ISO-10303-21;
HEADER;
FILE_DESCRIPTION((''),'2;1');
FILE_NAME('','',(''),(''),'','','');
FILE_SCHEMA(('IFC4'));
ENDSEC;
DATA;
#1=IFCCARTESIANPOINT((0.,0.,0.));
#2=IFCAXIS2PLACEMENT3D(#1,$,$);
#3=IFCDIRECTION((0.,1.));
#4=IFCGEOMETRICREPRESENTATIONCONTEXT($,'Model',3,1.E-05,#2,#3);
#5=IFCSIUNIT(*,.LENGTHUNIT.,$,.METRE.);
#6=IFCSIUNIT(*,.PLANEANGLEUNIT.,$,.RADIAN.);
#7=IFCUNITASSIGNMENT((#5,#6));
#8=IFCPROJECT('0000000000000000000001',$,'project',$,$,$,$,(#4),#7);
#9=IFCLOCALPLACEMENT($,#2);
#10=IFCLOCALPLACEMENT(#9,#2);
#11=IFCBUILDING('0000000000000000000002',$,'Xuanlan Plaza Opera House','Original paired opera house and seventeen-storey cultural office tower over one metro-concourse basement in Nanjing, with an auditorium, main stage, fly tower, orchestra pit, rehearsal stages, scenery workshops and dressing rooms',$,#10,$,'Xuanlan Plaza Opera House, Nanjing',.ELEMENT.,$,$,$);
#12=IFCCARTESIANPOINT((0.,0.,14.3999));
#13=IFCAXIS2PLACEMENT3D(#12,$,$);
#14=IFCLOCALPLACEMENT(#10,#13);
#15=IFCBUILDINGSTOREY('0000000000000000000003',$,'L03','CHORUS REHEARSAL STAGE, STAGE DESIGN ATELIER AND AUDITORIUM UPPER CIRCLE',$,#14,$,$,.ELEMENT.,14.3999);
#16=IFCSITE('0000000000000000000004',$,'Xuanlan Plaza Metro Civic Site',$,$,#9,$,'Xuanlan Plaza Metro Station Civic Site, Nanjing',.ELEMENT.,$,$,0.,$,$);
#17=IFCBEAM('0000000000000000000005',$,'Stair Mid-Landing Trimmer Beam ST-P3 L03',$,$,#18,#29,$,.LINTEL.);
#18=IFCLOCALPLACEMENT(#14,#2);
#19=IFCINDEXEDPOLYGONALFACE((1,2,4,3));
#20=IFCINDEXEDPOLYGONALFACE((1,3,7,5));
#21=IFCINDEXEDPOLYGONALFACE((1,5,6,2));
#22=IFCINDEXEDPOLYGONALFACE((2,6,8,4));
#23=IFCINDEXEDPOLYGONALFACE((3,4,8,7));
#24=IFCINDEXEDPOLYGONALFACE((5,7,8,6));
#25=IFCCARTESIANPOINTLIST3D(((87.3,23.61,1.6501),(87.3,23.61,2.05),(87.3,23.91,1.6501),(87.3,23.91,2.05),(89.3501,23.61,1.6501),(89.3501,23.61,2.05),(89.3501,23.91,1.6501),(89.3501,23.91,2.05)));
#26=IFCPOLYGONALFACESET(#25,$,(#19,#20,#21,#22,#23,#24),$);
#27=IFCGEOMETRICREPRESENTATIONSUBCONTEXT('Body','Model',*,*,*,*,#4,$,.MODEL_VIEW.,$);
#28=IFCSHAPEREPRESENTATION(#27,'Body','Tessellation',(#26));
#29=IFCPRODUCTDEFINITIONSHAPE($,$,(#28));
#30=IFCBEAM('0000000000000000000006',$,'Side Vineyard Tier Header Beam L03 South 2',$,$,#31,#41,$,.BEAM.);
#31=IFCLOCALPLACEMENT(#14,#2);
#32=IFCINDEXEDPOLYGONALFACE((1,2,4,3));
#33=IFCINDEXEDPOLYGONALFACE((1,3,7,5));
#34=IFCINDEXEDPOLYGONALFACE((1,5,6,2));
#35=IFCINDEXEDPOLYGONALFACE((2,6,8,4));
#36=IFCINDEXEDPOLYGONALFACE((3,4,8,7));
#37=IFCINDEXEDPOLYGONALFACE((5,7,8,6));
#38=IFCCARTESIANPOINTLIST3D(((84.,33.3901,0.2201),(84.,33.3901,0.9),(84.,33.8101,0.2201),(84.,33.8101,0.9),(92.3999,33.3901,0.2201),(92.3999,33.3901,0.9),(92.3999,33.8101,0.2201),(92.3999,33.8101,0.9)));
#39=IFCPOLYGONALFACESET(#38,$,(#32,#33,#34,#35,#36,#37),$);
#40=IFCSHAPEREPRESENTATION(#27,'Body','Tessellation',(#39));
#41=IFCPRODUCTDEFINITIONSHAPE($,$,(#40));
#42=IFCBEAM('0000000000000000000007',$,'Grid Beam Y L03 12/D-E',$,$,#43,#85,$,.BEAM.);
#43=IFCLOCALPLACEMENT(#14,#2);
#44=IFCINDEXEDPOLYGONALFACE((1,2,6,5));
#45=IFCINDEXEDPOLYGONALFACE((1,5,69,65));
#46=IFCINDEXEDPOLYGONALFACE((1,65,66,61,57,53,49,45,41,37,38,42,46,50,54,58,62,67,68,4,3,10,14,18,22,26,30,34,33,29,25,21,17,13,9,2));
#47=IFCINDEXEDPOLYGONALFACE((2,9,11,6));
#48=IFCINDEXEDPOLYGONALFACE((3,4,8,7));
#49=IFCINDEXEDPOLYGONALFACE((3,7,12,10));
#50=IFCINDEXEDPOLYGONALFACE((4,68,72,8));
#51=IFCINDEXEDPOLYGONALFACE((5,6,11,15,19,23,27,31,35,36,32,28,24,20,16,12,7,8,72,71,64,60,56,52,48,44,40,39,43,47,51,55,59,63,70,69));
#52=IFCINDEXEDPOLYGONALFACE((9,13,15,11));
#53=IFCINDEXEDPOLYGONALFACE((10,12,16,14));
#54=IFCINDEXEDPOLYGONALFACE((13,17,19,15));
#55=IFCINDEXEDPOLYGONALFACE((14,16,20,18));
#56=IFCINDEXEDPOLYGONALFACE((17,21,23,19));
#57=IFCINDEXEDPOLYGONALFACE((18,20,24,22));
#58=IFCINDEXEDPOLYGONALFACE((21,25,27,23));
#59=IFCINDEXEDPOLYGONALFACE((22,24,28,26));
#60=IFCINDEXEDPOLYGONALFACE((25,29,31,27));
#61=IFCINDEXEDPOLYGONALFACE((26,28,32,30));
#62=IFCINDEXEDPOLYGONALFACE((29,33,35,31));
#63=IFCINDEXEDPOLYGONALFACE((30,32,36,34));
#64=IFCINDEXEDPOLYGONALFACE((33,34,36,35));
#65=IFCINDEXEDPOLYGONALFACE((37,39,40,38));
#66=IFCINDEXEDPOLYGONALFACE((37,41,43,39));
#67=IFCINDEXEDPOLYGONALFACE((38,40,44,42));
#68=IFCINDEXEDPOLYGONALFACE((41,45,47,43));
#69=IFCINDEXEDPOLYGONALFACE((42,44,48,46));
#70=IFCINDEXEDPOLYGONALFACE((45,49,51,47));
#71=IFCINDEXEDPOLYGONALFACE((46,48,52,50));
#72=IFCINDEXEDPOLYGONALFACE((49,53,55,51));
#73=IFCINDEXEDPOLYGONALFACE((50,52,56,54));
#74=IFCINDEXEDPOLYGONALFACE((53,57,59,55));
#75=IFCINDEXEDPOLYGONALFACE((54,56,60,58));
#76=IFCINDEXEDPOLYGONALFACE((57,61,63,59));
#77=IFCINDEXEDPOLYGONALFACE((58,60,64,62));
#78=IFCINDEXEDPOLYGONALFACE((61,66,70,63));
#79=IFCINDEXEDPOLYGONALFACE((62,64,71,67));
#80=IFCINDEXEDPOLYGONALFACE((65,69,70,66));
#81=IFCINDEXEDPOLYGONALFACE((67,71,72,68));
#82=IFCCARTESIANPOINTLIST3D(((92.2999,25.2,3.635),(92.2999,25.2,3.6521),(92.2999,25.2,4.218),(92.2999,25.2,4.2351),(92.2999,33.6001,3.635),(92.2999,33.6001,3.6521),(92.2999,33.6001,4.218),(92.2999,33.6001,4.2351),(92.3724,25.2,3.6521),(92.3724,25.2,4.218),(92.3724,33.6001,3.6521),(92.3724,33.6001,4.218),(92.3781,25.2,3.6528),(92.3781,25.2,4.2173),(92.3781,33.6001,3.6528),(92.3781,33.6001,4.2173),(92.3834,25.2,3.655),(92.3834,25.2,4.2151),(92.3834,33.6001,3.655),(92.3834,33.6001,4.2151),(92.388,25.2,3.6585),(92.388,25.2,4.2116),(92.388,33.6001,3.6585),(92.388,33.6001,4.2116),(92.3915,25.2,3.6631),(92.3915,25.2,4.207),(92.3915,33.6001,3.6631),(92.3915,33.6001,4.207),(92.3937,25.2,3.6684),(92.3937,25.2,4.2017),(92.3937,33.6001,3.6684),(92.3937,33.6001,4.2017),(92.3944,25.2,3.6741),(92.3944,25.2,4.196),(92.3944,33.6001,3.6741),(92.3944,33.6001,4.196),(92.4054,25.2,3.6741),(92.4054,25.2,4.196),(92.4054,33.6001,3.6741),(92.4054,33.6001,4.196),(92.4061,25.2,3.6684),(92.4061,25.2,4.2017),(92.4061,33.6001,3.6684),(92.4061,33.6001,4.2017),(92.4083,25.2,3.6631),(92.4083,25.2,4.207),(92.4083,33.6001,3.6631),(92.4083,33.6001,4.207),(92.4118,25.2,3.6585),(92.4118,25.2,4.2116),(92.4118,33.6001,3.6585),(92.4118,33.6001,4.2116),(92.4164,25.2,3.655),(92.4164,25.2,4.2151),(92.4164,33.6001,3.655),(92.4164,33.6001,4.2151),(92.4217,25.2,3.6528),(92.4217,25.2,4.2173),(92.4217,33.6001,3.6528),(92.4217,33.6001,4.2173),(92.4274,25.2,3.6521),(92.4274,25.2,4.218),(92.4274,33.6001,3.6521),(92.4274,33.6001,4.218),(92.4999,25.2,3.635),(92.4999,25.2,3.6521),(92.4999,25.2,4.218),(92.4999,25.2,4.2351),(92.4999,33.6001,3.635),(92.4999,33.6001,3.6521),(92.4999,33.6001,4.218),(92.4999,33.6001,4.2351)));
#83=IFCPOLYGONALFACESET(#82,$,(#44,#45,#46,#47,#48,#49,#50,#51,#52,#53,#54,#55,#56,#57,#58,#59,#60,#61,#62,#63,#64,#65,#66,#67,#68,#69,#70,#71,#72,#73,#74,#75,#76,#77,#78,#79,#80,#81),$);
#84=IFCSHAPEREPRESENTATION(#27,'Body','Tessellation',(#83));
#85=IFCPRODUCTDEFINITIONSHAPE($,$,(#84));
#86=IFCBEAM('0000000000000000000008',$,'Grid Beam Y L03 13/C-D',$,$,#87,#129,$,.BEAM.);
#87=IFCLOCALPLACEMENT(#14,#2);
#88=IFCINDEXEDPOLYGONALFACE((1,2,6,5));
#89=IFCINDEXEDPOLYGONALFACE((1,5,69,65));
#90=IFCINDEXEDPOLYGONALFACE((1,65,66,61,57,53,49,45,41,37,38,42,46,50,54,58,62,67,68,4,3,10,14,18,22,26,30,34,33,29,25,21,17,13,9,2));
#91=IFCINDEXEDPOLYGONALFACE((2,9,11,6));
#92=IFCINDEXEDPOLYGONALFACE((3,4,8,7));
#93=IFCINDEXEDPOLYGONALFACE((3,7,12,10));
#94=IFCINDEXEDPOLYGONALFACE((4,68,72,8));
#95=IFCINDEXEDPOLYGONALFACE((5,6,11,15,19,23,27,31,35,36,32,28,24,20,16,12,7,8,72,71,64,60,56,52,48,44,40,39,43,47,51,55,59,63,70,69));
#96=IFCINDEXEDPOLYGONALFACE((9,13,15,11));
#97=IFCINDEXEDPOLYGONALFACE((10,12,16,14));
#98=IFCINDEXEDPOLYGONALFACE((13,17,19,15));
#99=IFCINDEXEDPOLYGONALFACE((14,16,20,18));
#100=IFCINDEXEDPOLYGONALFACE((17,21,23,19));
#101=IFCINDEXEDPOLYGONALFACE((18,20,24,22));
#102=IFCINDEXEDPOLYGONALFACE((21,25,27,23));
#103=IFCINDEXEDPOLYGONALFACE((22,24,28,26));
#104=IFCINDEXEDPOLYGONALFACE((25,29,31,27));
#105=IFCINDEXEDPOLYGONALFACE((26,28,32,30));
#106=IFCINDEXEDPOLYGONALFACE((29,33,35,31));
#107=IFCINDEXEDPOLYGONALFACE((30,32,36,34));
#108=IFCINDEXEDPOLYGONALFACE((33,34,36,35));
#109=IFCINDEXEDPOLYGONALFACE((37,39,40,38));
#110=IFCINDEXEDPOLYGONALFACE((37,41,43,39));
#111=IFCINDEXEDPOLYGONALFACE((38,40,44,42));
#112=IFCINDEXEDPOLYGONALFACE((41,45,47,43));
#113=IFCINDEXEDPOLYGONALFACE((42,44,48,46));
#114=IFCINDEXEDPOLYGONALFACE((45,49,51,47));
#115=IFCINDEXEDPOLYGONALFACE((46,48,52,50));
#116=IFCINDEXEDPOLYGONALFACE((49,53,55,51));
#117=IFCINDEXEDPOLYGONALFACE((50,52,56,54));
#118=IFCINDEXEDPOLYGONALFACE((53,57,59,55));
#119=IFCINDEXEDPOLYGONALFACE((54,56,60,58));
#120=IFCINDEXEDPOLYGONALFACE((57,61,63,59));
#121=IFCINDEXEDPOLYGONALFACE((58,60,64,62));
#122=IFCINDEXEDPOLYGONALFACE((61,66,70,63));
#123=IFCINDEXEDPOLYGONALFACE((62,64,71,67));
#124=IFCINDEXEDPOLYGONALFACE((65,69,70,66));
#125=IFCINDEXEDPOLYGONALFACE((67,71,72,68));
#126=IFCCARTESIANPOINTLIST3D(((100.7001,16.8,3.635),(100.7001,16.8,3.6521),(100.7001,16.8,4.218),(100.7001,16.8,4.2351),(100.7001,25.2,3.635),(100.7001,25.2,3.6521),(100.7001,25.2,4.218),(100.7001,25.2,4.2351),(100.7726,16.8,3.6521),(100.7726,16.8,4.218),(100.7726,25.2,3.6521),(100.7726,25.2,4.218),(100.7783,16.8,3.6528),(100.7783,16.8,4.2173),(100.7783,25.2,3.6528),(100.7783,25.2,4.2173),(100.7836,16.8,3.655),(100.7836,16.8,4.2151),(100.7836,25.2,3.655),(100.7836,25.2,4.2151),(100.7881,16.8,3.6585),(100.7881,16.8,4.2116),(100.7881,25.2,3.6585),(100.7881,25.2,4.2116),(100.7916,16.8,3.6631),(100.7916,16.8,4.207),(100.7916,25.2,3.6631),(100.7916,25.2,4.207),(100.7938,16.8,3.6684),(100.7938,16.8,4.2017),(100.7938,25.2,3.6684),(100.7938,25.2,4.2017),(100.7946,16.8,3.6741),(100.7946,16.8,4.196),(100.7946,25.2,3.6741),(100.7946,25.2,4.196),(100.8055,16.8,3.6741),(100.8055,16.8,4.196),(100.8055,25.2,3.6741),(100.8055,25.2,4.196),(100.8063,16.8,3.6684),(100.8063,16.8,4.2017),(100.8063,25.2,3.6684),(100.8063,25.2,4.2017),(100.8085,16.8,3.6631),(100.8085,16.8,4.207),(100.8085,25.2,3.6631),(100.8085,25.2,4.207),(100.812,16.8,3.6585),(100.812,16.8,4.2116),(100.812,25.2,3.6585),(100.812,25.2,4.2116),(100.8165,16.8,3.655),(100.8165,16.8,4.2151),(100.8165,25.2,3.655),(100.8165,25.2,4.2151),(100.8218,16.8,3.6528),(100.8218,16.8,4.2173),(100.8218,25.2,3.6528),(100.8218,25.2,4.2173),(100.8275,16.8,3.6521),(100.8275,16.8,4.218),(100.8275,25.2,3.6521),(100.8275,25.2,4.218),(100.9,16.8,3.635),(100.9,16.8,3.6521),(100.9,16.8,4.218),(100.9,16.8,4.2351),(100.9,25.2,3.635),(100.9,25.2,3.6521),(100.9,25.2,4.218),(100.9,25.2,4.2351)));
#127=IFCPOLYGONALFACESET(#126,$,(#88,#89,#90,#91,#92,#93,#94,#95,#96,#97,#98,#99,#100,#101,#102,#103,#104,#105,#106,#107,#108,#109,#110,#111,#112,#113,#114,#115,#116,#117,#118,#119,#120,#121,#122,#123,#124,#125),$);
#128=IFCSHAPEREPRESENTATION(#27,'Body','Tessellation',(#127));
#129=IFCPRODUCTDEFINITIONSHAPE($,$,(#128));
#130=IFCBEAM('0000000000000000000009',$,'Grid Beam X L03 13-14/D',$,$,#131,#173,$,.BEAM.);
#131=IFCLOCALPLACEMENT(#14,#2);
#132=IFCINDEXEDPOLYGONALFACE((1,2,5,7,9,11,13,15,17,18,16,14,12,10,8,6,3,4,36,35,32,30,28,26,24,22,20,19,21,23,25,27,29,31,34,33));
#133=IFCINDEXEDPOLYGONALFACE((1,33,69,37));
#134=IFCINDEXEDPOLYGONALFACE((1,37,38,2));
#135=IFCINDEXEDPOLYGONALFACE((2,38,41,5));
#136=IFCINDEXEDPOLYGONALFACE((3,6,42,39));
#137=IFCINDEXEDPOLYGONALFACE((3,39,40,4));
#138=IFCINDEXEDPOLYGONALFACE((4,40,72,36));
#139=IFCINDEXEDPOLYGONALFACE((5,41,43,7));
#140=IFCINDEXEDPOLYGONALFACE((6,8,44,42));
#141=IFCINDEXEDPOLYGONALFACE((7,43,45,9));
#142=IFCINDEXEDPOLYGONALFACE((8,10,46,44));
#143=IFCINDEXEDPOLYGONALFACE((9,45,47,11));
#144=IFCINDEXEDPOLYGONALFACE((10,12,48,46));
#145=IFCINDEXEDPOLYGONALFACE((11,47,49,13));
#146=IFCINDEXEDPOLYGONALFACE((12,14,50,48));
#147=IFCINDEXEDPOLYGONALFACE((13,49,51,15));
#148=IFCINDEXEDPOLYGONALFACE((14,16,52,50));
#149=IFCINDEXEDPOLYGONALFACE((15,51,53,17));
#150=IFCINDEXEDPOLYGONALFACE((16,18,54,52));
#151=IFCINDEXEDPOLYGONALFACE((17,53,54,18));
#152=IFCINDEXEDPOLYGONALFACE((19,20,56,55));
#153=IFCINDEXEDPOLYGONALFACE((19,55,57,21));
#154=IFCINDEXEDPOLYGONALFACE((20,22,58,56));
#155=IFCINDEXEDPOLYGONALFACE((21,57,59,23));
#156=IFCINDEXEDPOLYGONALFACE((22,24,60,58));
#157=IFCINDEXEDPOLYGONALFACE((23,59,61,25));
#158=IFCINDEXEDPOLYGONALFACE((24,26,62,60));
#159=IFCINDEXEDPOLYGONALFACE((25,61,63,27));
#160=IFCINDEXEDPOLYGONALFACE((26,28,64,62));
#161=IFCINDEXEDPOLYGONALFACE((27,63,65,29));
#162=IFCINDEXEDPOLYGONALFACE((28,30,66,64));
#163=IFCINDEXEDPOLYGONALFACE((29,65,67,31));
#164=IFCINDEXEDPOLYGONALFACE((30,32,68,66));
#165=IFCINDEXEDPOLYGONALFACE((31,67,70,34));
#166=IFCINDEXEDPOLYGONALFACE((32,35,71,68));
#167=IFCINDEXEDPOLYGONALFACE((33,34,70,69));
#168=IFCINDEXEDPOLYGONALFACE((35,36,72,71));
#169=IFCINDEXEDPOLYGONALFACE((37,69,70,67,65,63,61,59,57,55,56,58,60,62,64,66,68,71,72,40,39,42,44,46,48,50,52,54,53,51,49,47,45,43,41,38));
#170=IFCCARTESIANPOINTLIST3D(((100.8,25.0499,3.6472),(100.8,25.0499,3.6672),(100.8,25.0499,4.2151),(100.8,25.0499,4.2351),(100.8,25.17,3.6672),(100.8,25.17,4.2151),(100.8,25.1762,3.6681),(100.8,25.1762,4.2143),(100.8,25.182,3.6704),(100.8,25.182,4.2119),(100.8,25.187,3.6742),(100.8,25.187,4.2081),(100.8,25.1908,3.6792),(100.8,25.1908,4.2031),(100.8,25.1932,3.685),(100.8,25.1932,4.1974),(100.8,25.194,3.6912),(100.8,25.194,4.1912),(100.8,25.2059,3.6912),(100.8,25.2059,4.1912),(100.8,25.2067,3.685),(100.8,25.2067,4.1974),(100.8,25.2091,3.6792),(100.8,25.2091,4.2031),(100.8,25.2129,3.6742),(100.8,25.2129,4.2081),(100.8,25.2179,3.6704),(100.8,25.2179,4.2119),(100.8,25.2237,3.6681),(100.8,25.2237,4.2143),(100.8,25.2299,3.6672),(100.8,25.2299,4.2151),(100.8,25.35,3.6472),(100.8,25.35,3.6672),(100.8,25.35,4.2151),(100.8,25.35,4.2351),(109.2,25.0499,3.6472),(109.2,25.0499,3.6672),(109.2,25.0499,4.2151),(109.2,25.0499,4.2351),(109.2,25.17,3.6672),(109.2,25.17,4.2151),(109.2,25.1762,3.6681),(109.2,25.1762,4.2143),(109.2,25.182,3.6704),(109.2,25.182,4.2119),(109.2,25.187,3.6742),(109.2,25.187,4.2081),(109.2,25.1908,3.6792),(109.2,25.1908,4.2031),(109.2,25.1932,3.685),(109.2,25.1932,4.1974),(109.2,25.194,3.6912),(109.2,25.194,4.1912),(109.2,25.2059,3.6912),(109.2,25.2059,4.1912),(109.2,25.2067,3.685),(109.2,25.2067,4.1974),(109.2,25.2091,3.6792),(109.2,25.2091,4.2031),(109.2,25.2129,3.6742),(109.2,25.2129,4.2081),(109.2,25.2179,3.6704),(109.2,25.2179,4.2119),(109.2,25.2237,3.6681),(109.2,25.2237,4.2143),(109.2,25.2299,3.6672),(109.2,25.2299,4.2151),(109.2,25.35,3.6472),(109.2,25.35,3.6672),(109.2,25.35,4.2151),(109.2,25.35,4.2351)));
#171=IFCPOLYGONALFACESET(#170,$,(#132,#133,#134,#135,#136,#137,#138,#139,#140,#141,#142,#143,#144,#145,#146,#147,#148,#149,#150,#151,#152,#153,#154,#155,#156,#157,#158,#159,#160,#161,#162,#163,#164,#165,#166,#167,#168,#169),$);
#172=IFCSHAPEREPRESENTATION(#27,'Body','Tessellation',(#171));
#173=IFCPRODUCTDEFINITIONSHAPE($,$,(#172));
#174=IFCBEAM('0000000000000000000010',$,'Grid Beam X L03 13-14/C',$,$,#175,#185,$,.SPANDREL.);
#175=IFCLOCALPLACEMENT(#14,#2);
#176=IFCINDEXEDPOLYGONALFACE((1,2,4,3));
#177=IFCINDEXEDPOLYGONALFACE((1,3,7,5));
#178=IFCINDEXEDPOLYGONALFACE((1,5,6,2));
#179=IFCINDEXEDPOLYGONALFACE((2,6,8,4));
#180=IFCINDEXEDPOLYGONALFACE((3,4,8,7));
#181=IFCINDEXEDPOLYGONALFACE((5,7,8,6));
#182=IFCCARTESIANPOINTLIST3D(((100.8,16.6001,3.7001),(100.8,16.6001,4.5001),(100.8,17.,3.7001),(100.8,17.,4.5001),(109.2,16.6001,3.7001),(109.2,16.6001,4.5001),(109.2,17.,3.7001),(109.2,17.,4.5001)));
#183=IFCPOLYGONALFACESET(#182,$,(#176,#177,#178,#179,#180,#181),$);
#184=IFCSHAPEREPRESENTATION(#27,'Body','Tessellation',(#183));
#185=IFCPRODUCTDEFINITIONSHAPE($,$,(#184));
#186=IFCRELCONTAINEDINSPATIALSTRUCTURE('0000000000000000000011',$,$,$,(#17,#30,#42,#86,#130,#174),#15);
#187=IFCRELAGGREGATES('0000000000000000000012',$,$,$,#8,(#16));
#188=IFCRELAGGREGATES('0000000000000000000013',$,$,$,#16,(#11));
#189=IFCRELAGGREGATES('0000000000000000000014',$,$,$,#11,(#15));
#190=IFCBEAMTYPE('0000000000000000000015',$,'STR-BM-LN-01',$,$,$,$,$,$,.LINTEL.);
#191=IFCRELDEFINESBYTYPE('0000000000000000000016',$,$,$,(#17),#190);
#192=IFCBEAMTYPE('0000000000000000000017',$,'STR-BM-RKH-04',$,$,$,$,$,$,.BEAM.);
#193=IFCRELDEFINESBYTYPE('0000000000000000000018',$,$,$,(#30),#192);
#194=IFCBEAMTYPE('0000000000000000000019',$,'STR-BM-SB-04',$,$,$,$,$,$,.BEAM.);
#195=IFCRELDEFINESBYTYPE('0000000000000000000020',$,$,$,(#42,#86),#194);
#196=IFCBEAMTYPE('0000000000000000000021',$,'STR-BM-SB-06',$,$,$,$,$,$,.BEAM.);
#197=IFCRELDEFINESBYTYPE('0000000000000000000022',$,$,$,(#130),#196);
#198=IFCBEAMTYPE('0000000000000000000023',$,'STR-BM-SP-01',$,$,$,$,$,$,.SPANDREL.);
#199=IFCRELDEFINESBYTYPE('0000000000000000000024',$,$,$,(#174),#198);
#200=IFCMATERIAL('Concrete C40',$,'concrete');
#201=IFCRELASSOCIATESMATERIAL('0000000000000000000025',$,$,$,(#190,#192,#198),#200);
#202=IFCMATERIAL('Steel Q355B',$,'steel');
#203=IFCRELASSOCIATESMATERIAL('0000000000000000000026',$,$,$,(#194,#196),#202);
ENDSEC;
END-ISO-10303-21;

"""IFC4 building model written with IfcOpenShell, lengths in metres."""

from ifc_helpers import new_model, si_unit, direction, frame, origin, origin_2d, place, context, subcontext, project, spatial, rectangle, i_section, extrude, material, material_profile, profile_set, type_object, element, save


model = new_model("IFC4")

# Units and contexts
model_context = context("Model", 3, precision=1e-05, world=origin(), true_north=direction((0.0, 1.0)))
body_context = subcontext(model_context, "Body", "Model", "MODEL_VIEW")
ifc_project = project(units=[si_unit("LENGTHUNIT", "METRE"), si_unit("PLANEANGLEUNIT", "RADIAN")], contexts=[model_context])

# Site, building, storey
site_placement = place(None, origin())
site = spatial("IfcSite", under=ifc_project, at=site_placement, Name="Xuanlan Plaza Metro Civic Site", LongName="Xuanlan Plaza Metro Station Civic Site, Nanjing", CompositionType="ELEMENT", RefElevation=0.0)
building_placement = place(site_placement, origin())
building = spatial("IfcBuilding", under=site, at=building_placement, Name="Xuanlan Plaza Opera House", Description="Original paired opera house and seventeen-storey cultural office tower over one metro-concourse basement in Nanjing, with an auditorium, main stage, fly tower, orchestra pit, rehearsal stages, scenery workshops and dressing rooms", LongName="Xuanlan Plaza Opera House, Nanjing", CompositionType="ELEMENT")
storey_placement = place(building_placement, frame((0.0, 0.0, 14.3999)))
storey = spatial("IfcBuildingStorey", under=building, at=storey_placement, Name="L03", Description="CHORUS REHEARSAL STAGE, STAGE DESIGN ATELIER AND AUDITORIUM UPPER CIRCLE", CompositionType="ELEMENT", Elevation=14.3999)

# Shared definitions
ifc_material_1 = material(Name="Concrete C40", Category="concrete")

# Beams
ifc_material_profile_1 = material_profile(ifc_material_1, rectangle(XDim=0.3, YDim=0.3999, at=origin_2d()), Name="RC-LNT 300x400")
ifc_profile_set_1 = profile_set([ifc_material_profile_1], Name="Concrete C40")
beam_type_1 = type_object("IfcBeamType", Name="STR-BM-LN-01", PredefinedType="LINTEL", material=ifc_profile_set_1)
beam_1_placement = place(storey_placement, frame((87.3, 23.76, 1.8501), z_axis=(1.0, 0.0, 0.0), x_axis=(0.0, 1.0, 0.0)))
element("IfcBeam", 1, at=beam_1_placement, inside=storey, type_object=beam_type_1, Name="Stair Mid-Landing Trimmer Beam ST-P3 L03", PredefinedType="LINTEL", context=body_context, shape_type="SweptSolid", body=[
    extrude(rectangle(XDim=0.3, YDim=0.3999, at=origin_2d()), origin(), (0.0, 0.0, 1.0), 2.05),
])
ifc_material_profile_2 = material_profile(ifc_material_1, rectangle(XDim=0.4199, YDim=0.6799, at=origin_2d()), Name="RC-RKR 420x680")
ifc_profile_set_2 = profile_set([ifc_material_profile_2], Name="Concrete C40")
beam_type_2 = type_object("IfcBeamType", Name="STR-BM-RKH-04", PredefinedType="BEAM", material=ifc_profile_set_2)
beam_2_placement = place(storey_placement, frame((84.0, 33.6001, 0.5601), z_axis=(1.0, 0.0, 0.0), x_axis=(0.0, 1.0, 0.0)))
element("IfcBeam", 2, at=beam_2_placement, inside=storey, type_object=beam_type_2, Name="Side Vineyard Tier Header Beam L03 South 2", PredefinedType="BEAM", context=body_context, shape_type="SweptSolid", body=[
    extrude(rectangle(XDim=0.4199, YDim=0.6799, at=origin_2d()), origin(), (0.0, 0.0, 1.0), 8.3999),
])
ifc_material_2 = material(Name="Steel Q355B", Category="steel")
ifc_material_profile_3 = material_profile(ifc_material_2, i_section(OverallWidth=0.2, OverallDepth=0.6001, WebThickness=0.011, FlangeThickness=0.0171, FilletRadius=0.022, at=origin_2d()), Name="HN 600x200x11x17")
ifc_profile_set_3 = profile_set([ifc_material_profile_3], Name="Steel Q355B")
beam_type_3 = type_object("IfcBeamType", Name="STR-BM-SB-04", PredefinedType="BEAM", material=ifc_profile_set_3)
beam_3_placement = place(storey_placement, frame((92.3999, 25.2, 3.9351), z_axis=(0.0, 1.0, 0.0), x_axis=(-1.0, 0.0, 0.0)))
element("IfcBeam", 3, at=beam_3_placement, inside=storey, type_object=beam_type_3, Name="Grid Beam Y L03 12/D-E", PredefinedType="BEAM", context=body_context, shape_type="SweptSolid", body=[
    extrude(i_section(OverallWidth=0.2, OverallDepth=0.6001, WebThickness=0.011, FlangeThickness=0.0171, FilletRadius=0.022, at=origin_2d()), origin(), (0.0, 0.0, 1.0), 8.4001),
])
beam_4_placement = place(storey_placement, frame((100.8, 16.8, 3.9351), z_axis=(0.0, 1.0, 0.0), x_axis=(-1.0, 0.0, 0.0)))
element("IfcBeam", 4, at=beam_4_placement, inside=storey, type_object=beam_type_3, Name="Grid Beam Y L03 13/C-D", PredefinedType="BEAM", context=body_context, shape_type="SweptSolid", body=[
    extrude(i_section(OverallWidth=0.2, OverallDepth=0.6001, WebThickness=0.011, FlangeThickness=0.0171, FilletRadius=0.022, at=origin_2d()), origin(), (0.0, 0.0, 1.0), 8.3999),
])
ifc_material_profile_4 = material_profile(ifc_material_2, i_section(OverallWidth=0.3, OverallDepth=0.5879, WebThickness=0.012, FlangeThickness=0.02, FilletRadius=0.0239, at=origin_2d()), Name="HM 588x300x12x20")
ifc_profile_set_4 = profile_set([ifc_material_profile_4], Name="Steel Q355B")
beam_type_4 = type_object("IfcBeamType", Name="STR-BM-SB-06", PredefinedType="BEAM", material=ifc_profile_set_4)
beam_5_placement = place(storey_placement, frame((100.8, 25.2, 3.9412), z_axis=(1.0, 0.0, 0.0), x_axis=(0.0, 1.0, 0.0)))
element("IfcBeam", 5, at=beam_5_placement, inside=storey, type_object=beam_type_4, Name="Grid Beam X L03 13-14/D", PredefinedType="BEAM", context=body_context, shape_type="SweptSolid", body=[
    extrude(i_section(OverallWidth=0.3, OverallDepth=0.5879, WebThickness=0.012, FlangeThickness=0.02, FilletRadius=0.0239, at=origin_2d()), origin(), (0.0, 0.0, 1.0), 8.3999),
])
ifc_material_profile_5 = material_profile(ifc_material_1, rectangle(XDim=0.3999, YDim=0.8, at=origin_2d()), Name="RC-SPD 400x800")
ifc_profile_set_5 = profile_set([ifc_material_profile_5], Name="Concrete C40")
beam_type_5 = type_object("IfcBeamType", Name="STR-BM-SP-01", PredefinedType="SPANDREL", material=ifc_profile_set_5)
beam_6_placement = place(storey_placement, frame((100.8, 16.8, 4.1001), z_axis=(1.0, 0.0, 0.0), x_axis=(0.0, 1.0, 0.0)))
element("IfcBeam", 6, at=beam_6_placement, inside=storey, type_object=beam_type_5, Name="Grid Beam X L03 13-14/C", PredefinedType="SPANDREL", context=body_context, shape_type="SweptSolid", body=[
    extrude(rectangle(XDim=0.3999, YDim=0.8, at=origin_2d()), origin(), (0.0, 0.0, 1.0), 8.3999),
])

save(model, "model.ifc")
